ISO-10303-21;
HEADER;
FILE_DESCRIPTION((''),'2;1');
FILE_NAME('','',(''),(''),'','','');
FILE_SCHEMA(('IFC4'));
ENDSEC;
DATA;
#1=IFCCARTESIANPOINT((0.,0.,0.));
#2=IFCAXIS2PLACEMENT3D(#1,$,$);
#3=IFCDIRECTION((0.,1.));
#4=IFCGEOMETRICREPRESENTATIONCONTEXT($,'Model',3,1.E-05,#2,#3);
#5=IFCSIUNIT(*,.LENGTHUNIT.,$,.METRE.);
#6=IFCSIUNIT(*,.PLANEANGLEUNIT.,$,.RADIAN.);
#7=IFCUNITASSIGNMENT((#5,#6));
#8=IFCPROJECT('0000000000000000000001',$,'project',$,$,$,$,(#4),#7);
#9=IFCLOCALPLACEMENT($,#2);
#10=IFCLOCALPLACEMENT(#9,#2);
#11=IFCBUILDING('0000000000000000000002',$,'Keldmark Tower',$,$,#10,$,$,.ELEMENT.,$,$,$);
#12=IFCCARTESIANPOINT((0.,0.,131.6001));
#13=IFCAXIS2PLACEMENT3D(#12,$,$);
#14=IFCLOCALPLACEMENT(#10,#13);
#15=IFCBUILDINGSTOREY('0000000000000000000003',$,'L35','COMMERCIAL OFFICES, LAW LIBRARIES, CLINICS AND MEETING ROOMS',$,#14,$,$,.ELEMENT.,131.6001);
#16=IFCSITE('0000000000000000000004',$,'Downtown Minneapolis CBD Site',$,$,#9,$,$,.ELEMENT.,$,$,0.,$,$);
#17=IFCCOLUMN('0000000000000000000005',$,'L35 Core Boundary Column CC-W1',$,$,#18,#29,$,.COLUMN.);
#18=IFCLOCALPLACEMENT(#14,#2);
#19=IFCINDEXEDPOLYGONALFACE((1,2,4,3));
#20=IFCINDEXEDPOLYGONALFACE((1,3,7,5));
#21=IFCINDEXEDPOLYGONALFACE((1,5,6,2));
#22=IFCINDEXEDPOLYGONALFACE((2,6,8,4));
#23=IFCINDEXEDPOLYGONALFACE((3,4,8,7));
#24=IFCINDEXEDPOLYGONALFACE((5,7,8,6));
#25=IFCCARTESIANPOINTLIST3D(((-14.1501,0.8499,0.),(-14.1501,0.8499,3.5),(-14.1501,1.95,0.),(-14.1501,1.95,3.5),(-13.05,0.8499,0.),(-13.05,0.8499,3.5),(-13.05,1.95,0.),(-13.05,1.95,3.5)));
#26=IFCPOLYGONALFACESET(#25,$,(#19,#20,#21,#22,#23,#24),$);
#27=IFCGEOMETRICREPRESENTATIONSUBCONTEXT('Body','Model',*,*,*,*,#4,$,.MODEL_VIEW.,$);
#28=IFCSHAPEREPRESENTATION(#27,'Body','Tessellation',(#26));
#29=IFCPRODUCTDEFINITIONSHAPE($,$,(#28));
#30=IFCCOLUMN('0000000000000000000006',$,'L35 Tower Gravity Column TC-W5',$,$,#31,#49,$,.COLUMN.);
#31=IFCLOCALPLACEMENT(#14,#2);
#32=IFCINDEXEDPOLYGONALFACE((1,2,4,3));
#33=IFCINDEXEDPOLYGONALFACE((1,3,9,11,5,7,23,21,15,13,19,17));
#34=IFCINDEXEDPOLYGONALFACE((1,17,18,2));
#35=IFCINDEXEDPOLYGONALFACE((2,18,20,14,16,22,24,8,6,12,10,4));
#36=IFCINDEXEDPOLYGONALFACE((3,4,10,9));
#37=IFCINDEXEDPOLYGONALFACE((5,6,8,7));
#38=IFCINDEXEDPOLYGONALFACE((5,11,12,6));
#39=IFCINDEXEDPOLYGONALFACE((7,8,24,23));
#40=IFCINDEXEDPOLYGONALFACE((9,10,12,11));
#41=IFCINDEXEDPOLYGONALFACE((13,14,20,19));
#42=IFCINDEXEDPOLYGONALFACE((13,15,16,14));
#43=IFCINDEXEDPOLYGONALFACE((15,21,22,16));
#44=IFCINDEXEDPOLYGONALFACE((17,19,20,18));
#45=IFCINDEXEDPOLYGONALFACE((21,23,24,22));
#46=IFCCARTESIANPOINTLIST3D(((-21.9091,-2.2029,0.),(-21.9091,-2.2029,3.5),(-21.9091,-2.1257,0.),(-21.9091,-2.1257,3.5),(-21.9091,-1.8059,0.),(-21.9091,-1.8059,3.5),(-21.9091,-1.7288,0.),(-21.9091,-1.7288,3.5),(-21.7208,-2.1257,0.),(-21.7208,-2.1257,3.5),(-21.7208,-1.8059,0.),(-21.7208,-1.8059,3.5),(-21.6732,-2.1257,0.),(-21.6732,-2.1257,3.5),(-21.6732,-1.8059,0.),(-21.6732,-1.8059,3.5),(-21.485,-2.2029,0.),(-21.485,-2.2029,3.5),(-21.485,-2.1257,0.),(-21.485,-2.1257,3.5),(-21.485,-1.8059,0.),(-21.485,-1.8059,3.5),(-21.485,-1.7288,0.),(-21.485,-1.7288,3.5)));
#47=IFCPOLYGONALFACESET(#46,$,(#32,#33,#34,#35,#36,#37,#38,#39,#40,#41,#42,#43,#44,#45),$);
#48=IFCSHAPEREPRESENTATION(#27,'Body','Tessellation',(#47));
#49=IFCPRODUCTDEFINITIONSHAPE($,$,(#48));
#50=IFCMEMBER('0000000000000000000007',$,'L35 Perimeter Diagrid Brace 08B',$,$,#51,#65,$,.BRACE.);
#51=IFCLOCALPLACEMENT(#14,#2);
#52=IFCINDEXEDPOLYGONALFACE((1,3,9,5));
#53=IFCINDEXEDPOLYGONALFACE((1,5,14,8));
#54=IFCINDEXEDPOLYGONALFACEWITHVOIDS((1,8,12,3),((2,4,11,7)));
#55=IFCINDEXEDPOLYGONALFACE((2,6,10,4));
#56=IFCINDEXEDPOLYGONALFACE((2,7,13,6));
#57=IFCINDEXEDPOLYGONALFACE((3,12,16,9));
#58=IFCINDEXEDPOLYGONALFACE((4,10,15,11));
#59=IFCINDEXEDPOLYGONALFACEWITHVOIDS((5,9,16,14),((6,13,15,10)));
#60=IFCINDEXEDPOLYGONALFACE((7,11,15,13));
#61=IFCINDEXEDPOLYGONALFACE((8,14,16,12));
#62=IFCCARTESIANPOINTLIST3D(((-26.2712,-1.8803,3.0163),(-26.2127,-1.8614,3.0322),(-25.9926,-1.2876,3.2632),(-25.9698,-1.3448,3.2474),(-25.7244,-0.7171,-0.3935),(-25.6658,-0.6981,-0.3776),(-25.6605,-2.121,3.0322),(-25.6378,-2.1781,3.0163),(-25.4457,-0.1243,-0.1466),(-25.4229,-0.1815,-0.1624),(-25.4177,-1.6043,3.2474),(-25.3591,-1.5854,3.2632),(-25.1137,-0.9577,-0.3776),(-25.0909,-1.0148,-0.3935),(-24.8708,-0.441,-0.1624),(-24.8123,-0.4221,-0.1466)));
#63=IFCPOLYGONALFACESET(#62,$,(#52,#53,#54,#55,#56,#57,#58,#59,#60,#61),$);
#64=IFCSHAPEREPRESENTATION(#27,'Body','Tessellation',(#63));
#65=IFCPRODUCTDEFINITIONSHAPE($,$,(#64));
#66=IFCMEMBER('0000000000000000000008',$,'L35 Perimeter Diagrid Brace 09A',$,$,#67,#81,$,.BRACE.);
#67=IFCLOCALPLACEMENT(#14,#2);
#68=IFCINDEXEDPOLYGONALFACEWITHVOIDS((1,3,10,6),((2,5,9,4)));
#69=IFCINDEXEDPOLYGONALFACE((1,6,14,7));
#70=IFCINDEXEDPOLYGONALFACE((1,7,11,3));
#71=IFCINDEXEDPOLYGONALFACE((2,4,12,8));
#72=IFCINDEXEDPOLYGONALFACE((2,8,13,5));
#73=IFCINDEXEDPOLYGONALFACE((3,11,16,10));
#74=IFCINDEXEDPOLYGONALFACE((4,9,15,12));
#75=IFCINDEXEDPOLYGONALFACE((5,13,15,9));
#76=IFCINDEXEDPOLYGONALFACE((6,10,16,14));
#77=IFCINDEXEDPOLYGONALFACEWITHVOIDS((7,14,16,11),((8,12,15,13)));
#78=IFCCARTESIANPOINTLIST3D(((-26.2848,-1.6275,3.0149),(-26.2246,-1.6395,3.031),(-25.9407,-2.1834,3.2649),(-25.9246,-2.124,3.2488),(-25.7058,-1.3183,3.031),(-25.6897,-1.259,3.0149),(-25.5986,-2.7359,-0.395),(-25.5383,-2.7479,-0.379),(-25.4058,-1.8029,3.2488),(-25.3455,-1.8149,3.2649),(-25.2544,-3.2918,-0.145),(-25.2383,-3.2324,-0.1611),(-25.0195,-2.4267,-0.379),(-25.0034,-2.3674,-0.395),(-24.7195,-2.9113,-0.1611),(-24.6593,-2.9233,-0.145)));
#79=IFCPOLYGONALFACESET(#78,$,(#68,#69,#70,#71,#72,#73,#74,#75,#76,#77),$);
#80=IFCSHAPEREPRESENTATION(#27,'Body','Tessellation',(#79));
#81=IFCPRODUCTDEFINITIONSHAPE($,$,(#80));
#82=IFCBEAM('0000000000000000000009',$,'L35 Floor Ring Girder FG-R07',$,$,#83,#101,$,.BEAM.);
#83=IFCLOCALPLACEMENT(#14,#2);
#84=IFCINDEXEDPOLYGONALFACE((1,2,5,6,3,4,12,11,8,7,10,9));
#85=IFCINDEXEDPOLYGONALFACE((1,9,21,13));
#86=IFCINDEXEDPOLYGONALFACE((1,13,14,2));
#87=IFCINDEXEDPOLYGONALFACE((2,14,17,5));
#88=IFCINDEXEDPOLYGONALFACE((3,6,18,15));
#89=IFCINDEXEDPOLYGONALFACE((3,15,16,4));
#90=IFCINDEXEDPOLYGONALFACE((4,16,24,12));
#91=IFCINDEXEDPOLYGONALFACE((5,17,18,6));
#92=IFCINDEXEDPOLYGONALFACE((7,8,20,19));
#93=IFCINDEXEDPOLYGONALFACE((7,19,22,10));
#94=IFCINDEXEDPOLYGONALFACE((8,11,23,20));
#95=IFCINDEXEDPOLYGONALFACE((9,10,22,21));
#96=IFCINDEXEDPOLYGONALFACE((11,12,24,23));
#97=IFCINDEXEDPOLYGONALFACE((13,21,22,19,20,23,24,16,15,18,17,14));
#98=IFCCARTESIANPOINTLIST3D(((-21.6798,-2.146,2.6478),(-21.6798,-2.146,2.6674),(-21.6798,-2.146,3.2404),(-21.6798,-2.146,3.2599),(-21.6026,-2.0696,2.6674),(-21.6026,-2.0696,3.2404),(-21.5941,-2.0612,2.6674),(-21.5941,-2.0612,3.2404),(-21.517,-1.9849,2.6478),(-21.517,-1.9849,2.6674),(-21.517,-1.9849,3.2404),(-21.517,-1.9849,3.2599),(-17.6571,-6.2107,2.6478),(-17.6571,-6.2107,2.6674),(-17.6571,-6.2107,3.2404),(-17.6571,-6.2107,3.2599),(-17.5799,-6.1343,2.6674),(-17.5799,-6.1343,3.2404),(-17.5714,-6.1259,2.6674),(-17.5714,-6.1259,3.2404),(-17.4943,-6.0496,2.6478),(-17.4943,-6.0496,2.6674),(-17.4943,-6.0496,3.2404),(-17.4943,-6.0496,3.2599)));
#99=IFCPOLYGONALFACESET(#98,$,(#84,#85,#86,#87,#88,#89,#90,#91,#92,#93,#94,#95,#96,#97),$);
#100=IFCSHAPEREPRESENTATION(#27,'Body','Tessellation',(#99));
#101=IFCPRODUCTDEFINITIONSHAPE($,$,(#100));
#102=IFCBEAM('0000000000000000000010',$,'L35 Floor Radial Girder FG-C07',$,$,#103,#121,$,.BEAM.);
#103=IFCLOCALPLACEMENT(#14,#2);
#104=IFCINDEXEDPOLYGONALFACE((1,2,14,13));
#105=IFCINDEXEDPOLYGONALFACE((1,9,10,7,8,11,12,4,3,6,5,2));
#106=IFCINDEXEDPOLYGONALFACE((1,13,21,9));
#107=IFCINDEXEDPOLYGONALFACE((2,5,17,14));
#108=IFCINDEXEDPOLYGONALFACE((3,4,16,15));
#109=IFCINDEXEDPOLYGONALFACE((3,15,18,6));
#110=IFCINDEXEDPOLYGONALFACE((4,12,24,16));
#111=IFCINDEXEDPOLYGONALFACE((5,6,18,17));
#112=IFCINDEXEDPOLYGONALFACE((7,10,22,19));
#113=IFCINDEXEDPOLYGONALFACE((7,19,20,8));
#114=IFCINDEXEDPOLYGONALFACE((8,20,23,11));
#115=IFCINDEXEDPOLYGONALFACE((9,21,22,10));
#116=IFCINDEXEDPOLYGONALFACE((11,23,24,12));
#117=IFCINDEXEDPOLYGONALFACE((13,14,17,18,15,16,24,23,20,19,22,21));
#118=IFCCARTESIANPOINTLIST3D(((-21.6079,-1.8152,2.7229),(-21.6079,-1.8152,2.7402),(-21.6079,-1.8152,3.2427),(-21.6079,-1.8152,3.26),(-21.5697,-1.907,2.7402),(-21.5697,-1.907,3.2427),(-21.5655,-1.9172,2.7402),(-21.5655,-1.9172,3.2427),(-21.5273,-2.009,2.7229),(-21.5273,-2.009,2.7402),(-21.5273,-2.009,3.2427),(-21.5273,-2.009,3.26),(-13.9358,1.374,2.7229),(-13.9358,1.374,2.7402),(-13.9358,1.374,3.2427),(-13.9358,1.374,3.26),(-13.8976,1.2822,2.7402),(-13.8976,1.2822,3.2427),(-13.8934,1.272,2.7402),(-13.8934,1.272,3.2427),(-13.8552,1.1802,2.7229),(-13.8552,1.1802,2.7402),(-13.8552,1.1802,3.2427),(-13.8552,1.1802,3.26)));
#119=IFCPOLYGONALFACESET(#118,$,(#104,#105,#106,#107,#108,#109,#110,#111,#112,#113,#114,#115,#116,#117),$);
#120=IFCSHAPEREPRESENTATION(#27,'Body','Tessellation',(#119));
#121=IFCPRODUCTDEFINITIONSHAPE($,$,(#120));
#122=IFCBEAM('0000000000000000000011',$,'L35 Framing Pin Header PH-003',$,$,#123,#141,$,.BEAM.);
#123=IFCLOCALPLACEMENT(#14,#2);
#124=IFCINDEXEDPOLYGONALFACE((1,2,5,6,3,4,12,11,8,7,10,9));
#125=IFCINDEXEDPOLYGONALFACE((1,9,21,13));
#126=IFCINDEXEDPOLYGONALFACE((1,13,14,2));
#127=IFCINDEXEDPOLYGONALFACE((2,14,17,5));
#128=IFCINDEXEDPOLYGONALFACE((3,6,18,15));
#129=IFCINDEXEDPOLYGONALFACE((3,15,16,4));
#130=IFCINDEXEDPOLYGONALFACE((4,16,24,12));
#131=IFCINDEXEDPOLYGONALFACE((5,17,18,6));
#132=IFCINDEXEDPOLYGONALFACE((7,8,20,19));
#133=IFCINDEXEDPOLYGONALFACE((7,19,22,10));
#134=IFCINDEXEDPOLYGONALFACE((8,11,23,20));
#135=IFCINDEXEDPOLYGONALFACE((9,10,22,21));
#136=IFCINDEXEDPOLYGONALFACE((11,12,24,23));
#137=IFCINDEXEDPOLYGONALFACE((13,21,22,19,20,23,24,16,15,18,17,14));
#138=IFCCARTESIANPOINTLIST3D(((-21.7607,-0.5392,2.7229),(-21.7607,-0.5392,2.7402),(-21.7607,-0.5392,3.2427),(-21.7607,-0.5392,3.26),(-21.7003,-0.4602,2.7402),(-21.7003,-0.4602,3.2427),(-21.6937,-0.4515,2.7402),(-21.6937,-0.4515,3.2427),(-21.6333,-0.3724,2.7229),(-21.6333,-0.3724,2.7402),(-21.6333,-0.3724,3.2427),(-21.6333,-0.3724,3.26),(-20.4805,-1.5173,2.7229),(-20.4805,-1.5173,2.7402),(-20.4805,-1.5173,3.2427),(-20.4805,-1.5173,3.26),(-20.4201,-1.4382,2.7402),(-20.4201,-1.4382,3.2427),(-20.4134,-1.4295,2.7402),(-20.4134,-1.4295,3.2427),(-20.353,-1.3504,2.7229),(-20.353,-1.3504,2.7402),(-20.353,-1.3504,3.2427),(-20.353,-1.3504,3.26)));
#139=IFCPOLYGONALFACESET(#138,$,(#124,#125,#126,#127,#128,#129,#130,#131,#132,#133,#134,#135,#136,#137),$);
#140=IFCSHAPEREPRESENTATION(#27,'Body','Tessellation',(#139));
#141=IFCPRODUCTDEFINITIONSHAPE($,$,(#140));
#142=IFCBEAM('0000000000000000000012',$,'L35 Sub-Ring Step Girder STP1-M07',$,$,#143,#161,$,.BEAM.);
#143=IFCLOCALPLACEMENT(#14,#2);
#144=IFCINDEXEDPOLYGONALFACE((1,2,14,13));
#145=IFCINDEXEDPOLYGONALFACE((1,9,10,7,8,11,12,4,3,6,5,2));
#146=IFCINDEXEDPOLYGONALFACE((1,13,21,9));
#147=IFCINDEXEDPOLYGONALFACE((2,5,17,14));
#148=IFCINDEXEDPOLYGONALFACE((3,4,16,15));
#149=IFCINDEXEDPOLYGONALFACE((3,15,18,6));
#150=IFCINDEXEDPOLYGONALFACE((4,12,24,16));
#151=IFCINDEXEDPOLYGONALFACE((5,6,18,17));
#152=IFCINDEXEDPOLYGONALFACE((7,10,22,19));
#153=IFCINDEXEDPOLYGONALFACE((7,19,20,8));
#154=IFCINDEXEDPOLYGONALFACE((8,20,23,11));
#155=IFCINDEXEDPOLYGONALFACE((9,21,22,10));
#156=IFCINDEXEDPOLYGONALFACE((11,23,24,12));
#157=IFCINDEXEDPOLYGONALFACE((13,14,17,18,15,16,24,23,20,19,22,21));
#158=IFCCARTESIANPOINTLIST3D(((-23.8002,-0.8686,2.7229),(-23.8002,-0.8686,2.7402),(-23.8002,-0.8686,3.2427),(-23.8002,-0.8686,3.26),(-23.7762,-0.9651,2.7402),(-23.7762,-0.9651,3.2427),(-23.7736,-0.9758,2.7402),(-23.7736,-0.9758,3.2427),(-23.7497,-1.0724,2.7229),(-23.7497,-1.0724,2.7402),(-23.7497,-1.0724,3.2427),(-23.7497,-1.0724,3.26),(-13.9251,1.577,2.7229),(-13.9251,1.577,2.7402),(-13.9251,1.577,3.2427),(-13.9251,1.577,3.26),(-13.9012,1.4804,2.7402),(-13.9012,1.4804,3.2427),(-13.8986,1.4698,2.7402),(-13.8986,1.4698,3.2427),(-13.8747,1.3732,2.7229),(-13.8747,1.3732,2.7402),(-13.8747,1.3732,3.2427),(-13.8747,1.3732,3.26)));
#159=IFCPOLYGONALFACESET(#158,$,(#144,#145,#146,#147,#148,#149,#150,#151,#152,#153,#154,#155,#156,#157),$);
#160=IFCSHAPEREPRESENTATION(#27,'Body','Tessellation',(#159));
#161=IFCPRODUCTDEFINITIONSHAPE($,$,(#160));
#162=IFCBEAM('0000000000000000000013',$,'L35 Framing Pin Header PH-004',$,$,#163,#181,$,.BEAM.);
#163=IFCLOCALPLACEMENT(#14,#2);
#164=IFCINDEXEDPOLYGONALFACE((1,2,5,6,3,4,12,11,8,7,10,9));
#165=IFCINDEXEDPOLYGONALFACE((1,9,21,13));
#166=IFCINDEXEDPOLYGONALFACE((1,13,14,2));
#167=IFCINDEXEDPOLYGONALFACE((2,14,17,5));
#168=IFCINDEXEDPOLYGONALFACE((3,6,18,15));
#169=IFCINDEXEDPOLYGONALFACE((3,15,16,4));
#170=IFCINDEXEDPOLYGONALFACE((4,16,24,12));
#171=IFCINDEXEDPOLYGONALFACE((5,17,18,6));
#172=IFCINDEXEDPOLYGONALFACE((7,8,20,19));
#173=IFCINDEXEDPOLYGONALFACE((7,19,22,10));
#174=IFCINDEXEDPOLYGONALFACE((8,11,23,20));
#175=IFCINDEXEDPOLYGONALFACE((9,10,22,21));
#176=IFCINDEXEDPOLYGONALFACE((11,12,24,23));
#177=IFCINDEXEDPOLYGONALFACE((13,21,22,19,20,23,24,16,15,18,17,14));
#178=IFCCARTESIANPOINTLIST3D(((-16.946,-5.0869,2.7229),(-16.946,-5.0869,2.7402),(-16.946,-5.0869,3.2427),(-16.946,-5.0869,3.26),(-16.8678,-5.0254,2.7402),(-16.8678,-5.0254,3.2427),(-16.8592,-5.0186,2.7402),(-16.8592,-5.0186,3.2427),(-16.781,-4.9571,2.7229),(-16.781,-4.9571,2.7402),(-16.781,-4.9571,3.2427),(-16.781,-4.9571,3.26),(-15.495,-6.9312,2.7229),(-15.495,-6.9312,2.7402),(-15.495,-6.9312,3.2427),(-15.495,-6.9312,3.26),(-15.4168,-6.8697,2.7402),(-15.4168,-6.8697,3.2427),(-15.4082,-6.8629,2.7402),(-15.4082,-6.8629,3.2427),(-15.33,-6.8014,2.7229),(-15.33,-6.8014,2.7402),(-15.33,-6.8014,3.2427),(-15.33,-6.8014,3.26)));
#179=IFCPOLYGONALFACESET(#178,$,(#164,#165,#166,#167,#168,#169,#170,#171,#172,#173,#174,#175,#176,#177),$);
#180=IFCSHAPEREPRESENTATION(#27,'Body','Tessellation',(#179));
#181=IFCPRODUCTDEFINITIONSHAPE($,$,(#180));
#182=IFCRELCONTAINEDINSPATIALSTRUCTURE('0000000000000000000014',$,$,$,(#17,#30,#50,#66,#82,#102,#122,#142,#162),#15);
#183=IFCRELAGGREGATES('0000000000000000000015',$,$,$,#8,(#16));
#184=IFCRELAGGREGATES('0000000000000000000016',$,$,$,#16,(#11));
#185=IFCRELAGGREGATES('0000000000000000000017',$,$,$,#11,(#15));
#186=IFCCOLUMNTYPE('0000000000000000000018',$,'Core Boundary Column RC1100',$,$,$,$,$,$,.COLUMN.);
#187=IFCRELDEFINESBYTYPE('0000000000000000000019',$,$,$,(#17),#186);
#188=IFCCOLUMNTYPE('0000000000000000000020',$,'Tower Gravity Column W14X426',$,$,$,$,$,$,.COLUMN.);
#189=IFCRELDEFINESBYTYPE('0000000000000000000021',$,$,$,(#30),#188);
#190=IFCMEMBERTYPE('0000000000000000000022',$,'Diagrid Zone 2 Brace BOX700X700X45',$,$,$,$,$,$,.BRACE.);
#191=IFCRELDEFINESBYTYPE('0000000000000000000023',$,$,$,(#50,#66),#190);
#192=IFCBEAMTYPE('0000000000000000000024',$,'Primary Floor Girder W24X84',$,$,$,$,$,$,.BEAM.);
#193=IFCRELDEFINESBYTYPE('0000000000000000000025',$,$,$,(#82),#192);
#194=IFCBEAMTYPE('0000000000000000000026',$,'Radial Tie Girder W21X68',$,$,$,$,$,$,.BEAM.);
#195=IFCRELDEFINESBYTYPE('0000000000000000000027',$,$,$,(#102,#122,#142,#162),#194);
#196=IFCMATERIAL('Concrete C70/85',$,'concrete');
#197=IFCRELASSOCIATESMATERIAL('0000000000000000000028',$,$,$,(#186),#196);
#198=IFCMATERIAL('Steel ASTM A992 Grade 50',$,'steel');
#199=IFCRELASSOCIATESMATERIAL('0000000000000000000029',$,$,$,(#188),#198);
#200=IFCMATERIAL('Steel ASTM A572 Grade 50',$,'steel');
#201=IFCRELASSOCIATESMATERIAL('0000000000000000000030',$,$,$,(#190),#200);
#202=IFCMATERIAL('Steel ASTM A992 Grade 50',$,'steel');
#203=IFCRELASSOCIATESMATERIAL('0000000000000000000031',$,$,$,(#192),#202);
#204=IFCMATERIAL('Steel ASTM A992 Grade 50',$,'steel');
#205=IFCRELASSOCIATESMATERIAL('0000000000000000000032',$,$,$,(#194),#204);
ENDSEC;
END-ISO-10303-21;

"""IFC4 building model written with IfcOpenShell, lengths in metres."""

from ifc_helpers import new_model, si_unit, direction, frame, origin, origin_2d, place, context, subcontext, project, spatial, rectangle, hollow_rectangle, i_section, extrude, material, material_profile, profile_set, type_object, element, save


model = new_model("IFC4")

# Units and contexts
model_context = context("Model", 3, precision=1e-05, world=origin(), true_north=direction((0.0, 1.0)))
body_context = subcontext(model_context, "Body", "Model", "MODEL_VIEW")
ifc_project = project(units=[si_unit("LENGTHUNIT", "METRE"), si_unit("PLANEANGLEUNIT", "RADIAN")], contexts=[model_context])

# Site, building, storey
site_placement = place(None, origin())
site = spatial("IfcSite", under=ifc_project, at=site_placement, Name="Downtown Minneapolis CBD Site", CompositionType="ELEMENT", RefElevation=0.0)
building_placement = place(site_placement, origin())
building = spatial("IfcBuilding", under=site, at=building_placement, Name="Keldmark Tower", CompositionType="ELEMENT")
storey_placement = place(building_placement, frame((0.0, 0.0, 131.6001)))
storey = spatial("IfcBuildingStorey", under=building, at=storey_placement, Name="L35", Description="COMMERCIAL OFFICES, LAW LIBRARIES, CLINICS AND MEETING ROOMS", CompositionType="ELEMENT", Elevation=131.6001)

# Columns
ifc_material_1 = material(Name="Concrete C70/85", Category="concrete")
ifc_material_profile_1 = material_profile(ifc_material_1, rectangle(XDim=1.1001, YDim=1.1001, at=origin_2d()), Name="RC1100X1100")
ifc_profile_set_1 = profile_set([ifc_material_profile_1], Name="Concrete C70/85")
column_type_1 = type_object("IfcColumnType", Name="Core Boundary Column RC1100", PredefinedType="COLUMN", material=ifc_profile_set_1)
column_1_placement = place(storey_placement, frame((-13.6001, 1.3999, 0.0), z_axis=(0.0, 0.0, 1.0), x_axis=(1.0, 0.0, 0.0)))
element("IfcColumn", 1, at=column_1_placement, inside=storey, type_object=column_type_1, Name="L35 Core Boundary Column CC-W1", PredefinedType="COLUMN", context=body_context, shape_type="SweptSolid", body=[
    extrude(rectangle(XDim=1.1001, YDim=1.1001, at=origin_2d()), origin(), (0.0, 0.0, 1.0), 3.5),
])
ifc_material_2 = material(Name="Steel ASTM A992 Grade 50", Category="steel")
ifc_material_profile_2 = material_profile(ifc_material_2, i_section(OverallWidth=0.4241, OverallDepth=0.4741, WebThickness=0.0476, FlangeThickness=0.0771, at=origin_2d()), Name="W14X426")
ifc_profile_set_2 = profile_set([ifc_material_profile_2], Name="Steel ASTM A992 Grade 50")
column_type_2 = type_object("IfcColumnType", Name="Tower Gravity Column W14X426", PredefinedType="COLUMN", material=ifc_profile_set_2)
column_2_placement = place(storey_placement, frame((-21.697, -1.9658, 0.0), z_axis=(0.0, 0.0, 1.0), x_axis=(1.0, 0.0, 0.0)))
element("IfcColumn", 2, at=column_2_placement, inside=storey, type_object=column_type_2, Name="L35 Tower Gravity Column TC-W5", PredefinedType="COLUMN", context=body_context, shape_type="SweptSolid", body=[
    extrude(i_section(OverallWidth=0.4241, OverallDepth=0.4741, WebThickness=0.0476, FlangeThickness=0.0771, at=origin_2d()), origin(), (0.0, 0.0, 1.0), 3.5),
])

# Members
ifc_material_3 = material(Name="Steel ASTM A572 Grade 50", Category="steel")
ifc_material_profile_3 = material_profile(ifc_material_3, hollow_rectangle(XDim=0.7, YDim=0.7, WallThickness=0.0449, at=origin_2d()), Name="BOX700X700X45")
ifc_profile_set_3 = profile_set([ifc_material_profile_3], Name="Steel ASTM A572 Grade 50")
member_type = type_object("IfcMemberType", Name="Diagrid Zone 2 Brace BOX700X700X45", PredefinedType="BRACE", material=ifc_profile_set_3)
member_1_placement = place(storey_placement, frame((-25.2683, -0.5696, -0.27), z_axis=(-0.150069, -0.319231, 0.935719), x_axis=(0.904991, -0.425431, 0.0)))
element("IfcMember", 3, at=member_1_placement, inside=storey, type_object=member_type, Name="L35 Perimeter Diagrid Brace 08B", PredefinedType="BRACE", context=body_context, shape_type="SweptSolid", body=[
    extrude(hollow_rectangle(XDim=0.7, YDim=0.7, WallThickness=0.0449, at=origin_2d()), origin(), (0.0, 0.0, 1.0), 3.644),
])
member_2_placement = place(storey_placement, frame((-25.1289, -2.8296, -0.27), z_axis=(-0.18799, 0.303619, 0.934064), x_axis=(-0.850221, -0.526426, 0.0)))
element("IfcMember", 4, at=member_2_placement, inside=storey, type_object=member_type, Name="L35 Perimeter Diagrid Brace 09A", PredefinedType="BRACE", context=body_context, shape_type="SweptSolid", body=[
    extrude(hollow_rectangle(XDim=0.7, YDim=0.7, WallThickness=0.0449, at=origin_2d()), origin(), (0.0, 0.0, 1.0), 3.6506),
])

# Beams
ifc_material_4 = material(Name="Steel ASTM A992 Grade 50", Category="steel")
ifc_material_profile_4 = material_profile(ifc_material_4, i_section(OverallWidth=0.229, OverallDepth=0.6121, WebThickness=0.012, FlangeThickness=0.0195, at=origin_2d()), Name="W24X84")
ifc_profile_set_4 = profile_set([ifc_material_profile_4], Name="Steel ASTM A992 Grade 50")
beam_type_1 = type_object("IfcBeamType", Name="Primary Floor Girder W24X84", PredefinedType="BEAM", material=ifc_profile_set_4)
beam_1_placement = place(storey_placement, frame((-21.5984, -2.0654, 2.9539), z_axis=(0.703426, -0.710769, 0.0), x_axis=(0.710769, 0.703426, 0.0)))
element("IfcBeam", 5, at=beam_1_placement, inside=storey, type_object=beam_type_1, Name="L35 Floor Ring Girder FG-R07", PredefinedType="BEAM", context=body_context, shape_type="SweptSolid", body=[
    extrude(i_section(OverallWidth=0.229, OverallDepth=0.6121, WebThickness=0.012, FlangeThickness=0.0195, at=origin_2d()), origin(), (0.0, 0.0, 1.0), 5.7188),
])
ifc_material_5 = material(Name="Steel ASTM A992 Grade 50", Category="steel")
ifc_material_profile_5 = material_profile(ifc_material_5, i_section(OverallWidth=0.21, OverallDepth=0.5371, WebThickness=0.011, FlangeThickness=0.0173, at=origin_2d()), Name="W21X68")
ifc_profile_set_5 = profile_set([ifc_material_profile_5], Name="Steel ASTM A992 Grade 50")
beam_type_2 = type_object("IfcBeamType", Name="Radial Tie Girder W21X68", PredefinedType="BEAM", material=ifc_profile_set_5)
beam_2_placement = place(storey_placement, frame((-21.5676, -1.9121, 2.9915), z_axis=(0.923397, 0.383845, 0.0), x_axis=(-0.383845, 0.923397, 0.0)))
element("IfcBeam", 6, at=beam_2_placement, inside=storey, type_object=beam_type_2, Name="L35 Floor Radial Girder FG-C07", PredefinedType="BEAM", context=body_context, shape_type="SweptSolid", body=[
    extrude(i_section(OverallWidth=0.21, OverallDepth=0.5371, WebThickness=0.011, FlangeThickness=0.0173, at=origin_2d()), origin(), (0.0, 0.0, 1.0), 8.3086),
])
beam_3_placement = place(storey_placement, frame((-20.4167, -1.4338, 2.9915), z_axis=(-0.794659, 0.607056, 0.0), x_axis=(-0.607056, -0.794659, 0.0)))
element("IfcBeam", 7, at=beam_3_placement, inside=storey, type_object=beam_type_2, Name="L35 Framing Pin Header PH-003", PredefinedType="BEAM", context=body_context, shape_type="SweptSolid", body=[
    extrude(i_section(OverallWidth=0.21, OverallDepth=0.5371, WebThickness=0.011, FlangeThickness=0.0173, at=origin_2d()), origin(), (0.0, 0.0, 1.0), 1.6111),
])
beam_4_placement = place(storey_placement, frame((-13.8999, 1.4751, 2.9915), z_axis=(-0.970677, -0.240389, 0.0), x_axis=(0.240389, -0.970677, 0.0)))
element("IfcBeam", 8, at=beam_4_placement, inside=storey, type_object=beam_type_2, Name="L35 Sub-Ring Step Girder STP1-M07", PredefinedType="BEAM", context=body_context, shape_type="SweptSolid", body=[
    extrude(i_section(OverallWidth=0.21, OverallDepth=0.5371, WebThickness=0.011, FlangeThickness=0.0173, at=origin_2d()), origin(), (0.0, 0.0, 1.0), 10.1733),
])
beam_5_placement = place(storey_placement, frame((-16.8635, -5.022, 2.9915), z_axis=(0.618318, -0.785928, 0.0), x_axis=(0.785928, 0.618318, 0.0)))
element("IfcBeam", 9, at=beam_5_placement, inside=storey, type_object=beam_type_2, Name="L35 Framing Pin Header PH-004", PredefinedType="BEAM", context=body_context, shape_type="SweptSolid", body=[
    extrude(i_section(OverallWidth=0.21, OverallDepth=0.5371, WebThickness=0.011, FlangeThickness=0.0173, at=origin_2d()), origin(), (0.0, 0.0, 1.0), 2.3467),
])

save(model, "model.ifc")
